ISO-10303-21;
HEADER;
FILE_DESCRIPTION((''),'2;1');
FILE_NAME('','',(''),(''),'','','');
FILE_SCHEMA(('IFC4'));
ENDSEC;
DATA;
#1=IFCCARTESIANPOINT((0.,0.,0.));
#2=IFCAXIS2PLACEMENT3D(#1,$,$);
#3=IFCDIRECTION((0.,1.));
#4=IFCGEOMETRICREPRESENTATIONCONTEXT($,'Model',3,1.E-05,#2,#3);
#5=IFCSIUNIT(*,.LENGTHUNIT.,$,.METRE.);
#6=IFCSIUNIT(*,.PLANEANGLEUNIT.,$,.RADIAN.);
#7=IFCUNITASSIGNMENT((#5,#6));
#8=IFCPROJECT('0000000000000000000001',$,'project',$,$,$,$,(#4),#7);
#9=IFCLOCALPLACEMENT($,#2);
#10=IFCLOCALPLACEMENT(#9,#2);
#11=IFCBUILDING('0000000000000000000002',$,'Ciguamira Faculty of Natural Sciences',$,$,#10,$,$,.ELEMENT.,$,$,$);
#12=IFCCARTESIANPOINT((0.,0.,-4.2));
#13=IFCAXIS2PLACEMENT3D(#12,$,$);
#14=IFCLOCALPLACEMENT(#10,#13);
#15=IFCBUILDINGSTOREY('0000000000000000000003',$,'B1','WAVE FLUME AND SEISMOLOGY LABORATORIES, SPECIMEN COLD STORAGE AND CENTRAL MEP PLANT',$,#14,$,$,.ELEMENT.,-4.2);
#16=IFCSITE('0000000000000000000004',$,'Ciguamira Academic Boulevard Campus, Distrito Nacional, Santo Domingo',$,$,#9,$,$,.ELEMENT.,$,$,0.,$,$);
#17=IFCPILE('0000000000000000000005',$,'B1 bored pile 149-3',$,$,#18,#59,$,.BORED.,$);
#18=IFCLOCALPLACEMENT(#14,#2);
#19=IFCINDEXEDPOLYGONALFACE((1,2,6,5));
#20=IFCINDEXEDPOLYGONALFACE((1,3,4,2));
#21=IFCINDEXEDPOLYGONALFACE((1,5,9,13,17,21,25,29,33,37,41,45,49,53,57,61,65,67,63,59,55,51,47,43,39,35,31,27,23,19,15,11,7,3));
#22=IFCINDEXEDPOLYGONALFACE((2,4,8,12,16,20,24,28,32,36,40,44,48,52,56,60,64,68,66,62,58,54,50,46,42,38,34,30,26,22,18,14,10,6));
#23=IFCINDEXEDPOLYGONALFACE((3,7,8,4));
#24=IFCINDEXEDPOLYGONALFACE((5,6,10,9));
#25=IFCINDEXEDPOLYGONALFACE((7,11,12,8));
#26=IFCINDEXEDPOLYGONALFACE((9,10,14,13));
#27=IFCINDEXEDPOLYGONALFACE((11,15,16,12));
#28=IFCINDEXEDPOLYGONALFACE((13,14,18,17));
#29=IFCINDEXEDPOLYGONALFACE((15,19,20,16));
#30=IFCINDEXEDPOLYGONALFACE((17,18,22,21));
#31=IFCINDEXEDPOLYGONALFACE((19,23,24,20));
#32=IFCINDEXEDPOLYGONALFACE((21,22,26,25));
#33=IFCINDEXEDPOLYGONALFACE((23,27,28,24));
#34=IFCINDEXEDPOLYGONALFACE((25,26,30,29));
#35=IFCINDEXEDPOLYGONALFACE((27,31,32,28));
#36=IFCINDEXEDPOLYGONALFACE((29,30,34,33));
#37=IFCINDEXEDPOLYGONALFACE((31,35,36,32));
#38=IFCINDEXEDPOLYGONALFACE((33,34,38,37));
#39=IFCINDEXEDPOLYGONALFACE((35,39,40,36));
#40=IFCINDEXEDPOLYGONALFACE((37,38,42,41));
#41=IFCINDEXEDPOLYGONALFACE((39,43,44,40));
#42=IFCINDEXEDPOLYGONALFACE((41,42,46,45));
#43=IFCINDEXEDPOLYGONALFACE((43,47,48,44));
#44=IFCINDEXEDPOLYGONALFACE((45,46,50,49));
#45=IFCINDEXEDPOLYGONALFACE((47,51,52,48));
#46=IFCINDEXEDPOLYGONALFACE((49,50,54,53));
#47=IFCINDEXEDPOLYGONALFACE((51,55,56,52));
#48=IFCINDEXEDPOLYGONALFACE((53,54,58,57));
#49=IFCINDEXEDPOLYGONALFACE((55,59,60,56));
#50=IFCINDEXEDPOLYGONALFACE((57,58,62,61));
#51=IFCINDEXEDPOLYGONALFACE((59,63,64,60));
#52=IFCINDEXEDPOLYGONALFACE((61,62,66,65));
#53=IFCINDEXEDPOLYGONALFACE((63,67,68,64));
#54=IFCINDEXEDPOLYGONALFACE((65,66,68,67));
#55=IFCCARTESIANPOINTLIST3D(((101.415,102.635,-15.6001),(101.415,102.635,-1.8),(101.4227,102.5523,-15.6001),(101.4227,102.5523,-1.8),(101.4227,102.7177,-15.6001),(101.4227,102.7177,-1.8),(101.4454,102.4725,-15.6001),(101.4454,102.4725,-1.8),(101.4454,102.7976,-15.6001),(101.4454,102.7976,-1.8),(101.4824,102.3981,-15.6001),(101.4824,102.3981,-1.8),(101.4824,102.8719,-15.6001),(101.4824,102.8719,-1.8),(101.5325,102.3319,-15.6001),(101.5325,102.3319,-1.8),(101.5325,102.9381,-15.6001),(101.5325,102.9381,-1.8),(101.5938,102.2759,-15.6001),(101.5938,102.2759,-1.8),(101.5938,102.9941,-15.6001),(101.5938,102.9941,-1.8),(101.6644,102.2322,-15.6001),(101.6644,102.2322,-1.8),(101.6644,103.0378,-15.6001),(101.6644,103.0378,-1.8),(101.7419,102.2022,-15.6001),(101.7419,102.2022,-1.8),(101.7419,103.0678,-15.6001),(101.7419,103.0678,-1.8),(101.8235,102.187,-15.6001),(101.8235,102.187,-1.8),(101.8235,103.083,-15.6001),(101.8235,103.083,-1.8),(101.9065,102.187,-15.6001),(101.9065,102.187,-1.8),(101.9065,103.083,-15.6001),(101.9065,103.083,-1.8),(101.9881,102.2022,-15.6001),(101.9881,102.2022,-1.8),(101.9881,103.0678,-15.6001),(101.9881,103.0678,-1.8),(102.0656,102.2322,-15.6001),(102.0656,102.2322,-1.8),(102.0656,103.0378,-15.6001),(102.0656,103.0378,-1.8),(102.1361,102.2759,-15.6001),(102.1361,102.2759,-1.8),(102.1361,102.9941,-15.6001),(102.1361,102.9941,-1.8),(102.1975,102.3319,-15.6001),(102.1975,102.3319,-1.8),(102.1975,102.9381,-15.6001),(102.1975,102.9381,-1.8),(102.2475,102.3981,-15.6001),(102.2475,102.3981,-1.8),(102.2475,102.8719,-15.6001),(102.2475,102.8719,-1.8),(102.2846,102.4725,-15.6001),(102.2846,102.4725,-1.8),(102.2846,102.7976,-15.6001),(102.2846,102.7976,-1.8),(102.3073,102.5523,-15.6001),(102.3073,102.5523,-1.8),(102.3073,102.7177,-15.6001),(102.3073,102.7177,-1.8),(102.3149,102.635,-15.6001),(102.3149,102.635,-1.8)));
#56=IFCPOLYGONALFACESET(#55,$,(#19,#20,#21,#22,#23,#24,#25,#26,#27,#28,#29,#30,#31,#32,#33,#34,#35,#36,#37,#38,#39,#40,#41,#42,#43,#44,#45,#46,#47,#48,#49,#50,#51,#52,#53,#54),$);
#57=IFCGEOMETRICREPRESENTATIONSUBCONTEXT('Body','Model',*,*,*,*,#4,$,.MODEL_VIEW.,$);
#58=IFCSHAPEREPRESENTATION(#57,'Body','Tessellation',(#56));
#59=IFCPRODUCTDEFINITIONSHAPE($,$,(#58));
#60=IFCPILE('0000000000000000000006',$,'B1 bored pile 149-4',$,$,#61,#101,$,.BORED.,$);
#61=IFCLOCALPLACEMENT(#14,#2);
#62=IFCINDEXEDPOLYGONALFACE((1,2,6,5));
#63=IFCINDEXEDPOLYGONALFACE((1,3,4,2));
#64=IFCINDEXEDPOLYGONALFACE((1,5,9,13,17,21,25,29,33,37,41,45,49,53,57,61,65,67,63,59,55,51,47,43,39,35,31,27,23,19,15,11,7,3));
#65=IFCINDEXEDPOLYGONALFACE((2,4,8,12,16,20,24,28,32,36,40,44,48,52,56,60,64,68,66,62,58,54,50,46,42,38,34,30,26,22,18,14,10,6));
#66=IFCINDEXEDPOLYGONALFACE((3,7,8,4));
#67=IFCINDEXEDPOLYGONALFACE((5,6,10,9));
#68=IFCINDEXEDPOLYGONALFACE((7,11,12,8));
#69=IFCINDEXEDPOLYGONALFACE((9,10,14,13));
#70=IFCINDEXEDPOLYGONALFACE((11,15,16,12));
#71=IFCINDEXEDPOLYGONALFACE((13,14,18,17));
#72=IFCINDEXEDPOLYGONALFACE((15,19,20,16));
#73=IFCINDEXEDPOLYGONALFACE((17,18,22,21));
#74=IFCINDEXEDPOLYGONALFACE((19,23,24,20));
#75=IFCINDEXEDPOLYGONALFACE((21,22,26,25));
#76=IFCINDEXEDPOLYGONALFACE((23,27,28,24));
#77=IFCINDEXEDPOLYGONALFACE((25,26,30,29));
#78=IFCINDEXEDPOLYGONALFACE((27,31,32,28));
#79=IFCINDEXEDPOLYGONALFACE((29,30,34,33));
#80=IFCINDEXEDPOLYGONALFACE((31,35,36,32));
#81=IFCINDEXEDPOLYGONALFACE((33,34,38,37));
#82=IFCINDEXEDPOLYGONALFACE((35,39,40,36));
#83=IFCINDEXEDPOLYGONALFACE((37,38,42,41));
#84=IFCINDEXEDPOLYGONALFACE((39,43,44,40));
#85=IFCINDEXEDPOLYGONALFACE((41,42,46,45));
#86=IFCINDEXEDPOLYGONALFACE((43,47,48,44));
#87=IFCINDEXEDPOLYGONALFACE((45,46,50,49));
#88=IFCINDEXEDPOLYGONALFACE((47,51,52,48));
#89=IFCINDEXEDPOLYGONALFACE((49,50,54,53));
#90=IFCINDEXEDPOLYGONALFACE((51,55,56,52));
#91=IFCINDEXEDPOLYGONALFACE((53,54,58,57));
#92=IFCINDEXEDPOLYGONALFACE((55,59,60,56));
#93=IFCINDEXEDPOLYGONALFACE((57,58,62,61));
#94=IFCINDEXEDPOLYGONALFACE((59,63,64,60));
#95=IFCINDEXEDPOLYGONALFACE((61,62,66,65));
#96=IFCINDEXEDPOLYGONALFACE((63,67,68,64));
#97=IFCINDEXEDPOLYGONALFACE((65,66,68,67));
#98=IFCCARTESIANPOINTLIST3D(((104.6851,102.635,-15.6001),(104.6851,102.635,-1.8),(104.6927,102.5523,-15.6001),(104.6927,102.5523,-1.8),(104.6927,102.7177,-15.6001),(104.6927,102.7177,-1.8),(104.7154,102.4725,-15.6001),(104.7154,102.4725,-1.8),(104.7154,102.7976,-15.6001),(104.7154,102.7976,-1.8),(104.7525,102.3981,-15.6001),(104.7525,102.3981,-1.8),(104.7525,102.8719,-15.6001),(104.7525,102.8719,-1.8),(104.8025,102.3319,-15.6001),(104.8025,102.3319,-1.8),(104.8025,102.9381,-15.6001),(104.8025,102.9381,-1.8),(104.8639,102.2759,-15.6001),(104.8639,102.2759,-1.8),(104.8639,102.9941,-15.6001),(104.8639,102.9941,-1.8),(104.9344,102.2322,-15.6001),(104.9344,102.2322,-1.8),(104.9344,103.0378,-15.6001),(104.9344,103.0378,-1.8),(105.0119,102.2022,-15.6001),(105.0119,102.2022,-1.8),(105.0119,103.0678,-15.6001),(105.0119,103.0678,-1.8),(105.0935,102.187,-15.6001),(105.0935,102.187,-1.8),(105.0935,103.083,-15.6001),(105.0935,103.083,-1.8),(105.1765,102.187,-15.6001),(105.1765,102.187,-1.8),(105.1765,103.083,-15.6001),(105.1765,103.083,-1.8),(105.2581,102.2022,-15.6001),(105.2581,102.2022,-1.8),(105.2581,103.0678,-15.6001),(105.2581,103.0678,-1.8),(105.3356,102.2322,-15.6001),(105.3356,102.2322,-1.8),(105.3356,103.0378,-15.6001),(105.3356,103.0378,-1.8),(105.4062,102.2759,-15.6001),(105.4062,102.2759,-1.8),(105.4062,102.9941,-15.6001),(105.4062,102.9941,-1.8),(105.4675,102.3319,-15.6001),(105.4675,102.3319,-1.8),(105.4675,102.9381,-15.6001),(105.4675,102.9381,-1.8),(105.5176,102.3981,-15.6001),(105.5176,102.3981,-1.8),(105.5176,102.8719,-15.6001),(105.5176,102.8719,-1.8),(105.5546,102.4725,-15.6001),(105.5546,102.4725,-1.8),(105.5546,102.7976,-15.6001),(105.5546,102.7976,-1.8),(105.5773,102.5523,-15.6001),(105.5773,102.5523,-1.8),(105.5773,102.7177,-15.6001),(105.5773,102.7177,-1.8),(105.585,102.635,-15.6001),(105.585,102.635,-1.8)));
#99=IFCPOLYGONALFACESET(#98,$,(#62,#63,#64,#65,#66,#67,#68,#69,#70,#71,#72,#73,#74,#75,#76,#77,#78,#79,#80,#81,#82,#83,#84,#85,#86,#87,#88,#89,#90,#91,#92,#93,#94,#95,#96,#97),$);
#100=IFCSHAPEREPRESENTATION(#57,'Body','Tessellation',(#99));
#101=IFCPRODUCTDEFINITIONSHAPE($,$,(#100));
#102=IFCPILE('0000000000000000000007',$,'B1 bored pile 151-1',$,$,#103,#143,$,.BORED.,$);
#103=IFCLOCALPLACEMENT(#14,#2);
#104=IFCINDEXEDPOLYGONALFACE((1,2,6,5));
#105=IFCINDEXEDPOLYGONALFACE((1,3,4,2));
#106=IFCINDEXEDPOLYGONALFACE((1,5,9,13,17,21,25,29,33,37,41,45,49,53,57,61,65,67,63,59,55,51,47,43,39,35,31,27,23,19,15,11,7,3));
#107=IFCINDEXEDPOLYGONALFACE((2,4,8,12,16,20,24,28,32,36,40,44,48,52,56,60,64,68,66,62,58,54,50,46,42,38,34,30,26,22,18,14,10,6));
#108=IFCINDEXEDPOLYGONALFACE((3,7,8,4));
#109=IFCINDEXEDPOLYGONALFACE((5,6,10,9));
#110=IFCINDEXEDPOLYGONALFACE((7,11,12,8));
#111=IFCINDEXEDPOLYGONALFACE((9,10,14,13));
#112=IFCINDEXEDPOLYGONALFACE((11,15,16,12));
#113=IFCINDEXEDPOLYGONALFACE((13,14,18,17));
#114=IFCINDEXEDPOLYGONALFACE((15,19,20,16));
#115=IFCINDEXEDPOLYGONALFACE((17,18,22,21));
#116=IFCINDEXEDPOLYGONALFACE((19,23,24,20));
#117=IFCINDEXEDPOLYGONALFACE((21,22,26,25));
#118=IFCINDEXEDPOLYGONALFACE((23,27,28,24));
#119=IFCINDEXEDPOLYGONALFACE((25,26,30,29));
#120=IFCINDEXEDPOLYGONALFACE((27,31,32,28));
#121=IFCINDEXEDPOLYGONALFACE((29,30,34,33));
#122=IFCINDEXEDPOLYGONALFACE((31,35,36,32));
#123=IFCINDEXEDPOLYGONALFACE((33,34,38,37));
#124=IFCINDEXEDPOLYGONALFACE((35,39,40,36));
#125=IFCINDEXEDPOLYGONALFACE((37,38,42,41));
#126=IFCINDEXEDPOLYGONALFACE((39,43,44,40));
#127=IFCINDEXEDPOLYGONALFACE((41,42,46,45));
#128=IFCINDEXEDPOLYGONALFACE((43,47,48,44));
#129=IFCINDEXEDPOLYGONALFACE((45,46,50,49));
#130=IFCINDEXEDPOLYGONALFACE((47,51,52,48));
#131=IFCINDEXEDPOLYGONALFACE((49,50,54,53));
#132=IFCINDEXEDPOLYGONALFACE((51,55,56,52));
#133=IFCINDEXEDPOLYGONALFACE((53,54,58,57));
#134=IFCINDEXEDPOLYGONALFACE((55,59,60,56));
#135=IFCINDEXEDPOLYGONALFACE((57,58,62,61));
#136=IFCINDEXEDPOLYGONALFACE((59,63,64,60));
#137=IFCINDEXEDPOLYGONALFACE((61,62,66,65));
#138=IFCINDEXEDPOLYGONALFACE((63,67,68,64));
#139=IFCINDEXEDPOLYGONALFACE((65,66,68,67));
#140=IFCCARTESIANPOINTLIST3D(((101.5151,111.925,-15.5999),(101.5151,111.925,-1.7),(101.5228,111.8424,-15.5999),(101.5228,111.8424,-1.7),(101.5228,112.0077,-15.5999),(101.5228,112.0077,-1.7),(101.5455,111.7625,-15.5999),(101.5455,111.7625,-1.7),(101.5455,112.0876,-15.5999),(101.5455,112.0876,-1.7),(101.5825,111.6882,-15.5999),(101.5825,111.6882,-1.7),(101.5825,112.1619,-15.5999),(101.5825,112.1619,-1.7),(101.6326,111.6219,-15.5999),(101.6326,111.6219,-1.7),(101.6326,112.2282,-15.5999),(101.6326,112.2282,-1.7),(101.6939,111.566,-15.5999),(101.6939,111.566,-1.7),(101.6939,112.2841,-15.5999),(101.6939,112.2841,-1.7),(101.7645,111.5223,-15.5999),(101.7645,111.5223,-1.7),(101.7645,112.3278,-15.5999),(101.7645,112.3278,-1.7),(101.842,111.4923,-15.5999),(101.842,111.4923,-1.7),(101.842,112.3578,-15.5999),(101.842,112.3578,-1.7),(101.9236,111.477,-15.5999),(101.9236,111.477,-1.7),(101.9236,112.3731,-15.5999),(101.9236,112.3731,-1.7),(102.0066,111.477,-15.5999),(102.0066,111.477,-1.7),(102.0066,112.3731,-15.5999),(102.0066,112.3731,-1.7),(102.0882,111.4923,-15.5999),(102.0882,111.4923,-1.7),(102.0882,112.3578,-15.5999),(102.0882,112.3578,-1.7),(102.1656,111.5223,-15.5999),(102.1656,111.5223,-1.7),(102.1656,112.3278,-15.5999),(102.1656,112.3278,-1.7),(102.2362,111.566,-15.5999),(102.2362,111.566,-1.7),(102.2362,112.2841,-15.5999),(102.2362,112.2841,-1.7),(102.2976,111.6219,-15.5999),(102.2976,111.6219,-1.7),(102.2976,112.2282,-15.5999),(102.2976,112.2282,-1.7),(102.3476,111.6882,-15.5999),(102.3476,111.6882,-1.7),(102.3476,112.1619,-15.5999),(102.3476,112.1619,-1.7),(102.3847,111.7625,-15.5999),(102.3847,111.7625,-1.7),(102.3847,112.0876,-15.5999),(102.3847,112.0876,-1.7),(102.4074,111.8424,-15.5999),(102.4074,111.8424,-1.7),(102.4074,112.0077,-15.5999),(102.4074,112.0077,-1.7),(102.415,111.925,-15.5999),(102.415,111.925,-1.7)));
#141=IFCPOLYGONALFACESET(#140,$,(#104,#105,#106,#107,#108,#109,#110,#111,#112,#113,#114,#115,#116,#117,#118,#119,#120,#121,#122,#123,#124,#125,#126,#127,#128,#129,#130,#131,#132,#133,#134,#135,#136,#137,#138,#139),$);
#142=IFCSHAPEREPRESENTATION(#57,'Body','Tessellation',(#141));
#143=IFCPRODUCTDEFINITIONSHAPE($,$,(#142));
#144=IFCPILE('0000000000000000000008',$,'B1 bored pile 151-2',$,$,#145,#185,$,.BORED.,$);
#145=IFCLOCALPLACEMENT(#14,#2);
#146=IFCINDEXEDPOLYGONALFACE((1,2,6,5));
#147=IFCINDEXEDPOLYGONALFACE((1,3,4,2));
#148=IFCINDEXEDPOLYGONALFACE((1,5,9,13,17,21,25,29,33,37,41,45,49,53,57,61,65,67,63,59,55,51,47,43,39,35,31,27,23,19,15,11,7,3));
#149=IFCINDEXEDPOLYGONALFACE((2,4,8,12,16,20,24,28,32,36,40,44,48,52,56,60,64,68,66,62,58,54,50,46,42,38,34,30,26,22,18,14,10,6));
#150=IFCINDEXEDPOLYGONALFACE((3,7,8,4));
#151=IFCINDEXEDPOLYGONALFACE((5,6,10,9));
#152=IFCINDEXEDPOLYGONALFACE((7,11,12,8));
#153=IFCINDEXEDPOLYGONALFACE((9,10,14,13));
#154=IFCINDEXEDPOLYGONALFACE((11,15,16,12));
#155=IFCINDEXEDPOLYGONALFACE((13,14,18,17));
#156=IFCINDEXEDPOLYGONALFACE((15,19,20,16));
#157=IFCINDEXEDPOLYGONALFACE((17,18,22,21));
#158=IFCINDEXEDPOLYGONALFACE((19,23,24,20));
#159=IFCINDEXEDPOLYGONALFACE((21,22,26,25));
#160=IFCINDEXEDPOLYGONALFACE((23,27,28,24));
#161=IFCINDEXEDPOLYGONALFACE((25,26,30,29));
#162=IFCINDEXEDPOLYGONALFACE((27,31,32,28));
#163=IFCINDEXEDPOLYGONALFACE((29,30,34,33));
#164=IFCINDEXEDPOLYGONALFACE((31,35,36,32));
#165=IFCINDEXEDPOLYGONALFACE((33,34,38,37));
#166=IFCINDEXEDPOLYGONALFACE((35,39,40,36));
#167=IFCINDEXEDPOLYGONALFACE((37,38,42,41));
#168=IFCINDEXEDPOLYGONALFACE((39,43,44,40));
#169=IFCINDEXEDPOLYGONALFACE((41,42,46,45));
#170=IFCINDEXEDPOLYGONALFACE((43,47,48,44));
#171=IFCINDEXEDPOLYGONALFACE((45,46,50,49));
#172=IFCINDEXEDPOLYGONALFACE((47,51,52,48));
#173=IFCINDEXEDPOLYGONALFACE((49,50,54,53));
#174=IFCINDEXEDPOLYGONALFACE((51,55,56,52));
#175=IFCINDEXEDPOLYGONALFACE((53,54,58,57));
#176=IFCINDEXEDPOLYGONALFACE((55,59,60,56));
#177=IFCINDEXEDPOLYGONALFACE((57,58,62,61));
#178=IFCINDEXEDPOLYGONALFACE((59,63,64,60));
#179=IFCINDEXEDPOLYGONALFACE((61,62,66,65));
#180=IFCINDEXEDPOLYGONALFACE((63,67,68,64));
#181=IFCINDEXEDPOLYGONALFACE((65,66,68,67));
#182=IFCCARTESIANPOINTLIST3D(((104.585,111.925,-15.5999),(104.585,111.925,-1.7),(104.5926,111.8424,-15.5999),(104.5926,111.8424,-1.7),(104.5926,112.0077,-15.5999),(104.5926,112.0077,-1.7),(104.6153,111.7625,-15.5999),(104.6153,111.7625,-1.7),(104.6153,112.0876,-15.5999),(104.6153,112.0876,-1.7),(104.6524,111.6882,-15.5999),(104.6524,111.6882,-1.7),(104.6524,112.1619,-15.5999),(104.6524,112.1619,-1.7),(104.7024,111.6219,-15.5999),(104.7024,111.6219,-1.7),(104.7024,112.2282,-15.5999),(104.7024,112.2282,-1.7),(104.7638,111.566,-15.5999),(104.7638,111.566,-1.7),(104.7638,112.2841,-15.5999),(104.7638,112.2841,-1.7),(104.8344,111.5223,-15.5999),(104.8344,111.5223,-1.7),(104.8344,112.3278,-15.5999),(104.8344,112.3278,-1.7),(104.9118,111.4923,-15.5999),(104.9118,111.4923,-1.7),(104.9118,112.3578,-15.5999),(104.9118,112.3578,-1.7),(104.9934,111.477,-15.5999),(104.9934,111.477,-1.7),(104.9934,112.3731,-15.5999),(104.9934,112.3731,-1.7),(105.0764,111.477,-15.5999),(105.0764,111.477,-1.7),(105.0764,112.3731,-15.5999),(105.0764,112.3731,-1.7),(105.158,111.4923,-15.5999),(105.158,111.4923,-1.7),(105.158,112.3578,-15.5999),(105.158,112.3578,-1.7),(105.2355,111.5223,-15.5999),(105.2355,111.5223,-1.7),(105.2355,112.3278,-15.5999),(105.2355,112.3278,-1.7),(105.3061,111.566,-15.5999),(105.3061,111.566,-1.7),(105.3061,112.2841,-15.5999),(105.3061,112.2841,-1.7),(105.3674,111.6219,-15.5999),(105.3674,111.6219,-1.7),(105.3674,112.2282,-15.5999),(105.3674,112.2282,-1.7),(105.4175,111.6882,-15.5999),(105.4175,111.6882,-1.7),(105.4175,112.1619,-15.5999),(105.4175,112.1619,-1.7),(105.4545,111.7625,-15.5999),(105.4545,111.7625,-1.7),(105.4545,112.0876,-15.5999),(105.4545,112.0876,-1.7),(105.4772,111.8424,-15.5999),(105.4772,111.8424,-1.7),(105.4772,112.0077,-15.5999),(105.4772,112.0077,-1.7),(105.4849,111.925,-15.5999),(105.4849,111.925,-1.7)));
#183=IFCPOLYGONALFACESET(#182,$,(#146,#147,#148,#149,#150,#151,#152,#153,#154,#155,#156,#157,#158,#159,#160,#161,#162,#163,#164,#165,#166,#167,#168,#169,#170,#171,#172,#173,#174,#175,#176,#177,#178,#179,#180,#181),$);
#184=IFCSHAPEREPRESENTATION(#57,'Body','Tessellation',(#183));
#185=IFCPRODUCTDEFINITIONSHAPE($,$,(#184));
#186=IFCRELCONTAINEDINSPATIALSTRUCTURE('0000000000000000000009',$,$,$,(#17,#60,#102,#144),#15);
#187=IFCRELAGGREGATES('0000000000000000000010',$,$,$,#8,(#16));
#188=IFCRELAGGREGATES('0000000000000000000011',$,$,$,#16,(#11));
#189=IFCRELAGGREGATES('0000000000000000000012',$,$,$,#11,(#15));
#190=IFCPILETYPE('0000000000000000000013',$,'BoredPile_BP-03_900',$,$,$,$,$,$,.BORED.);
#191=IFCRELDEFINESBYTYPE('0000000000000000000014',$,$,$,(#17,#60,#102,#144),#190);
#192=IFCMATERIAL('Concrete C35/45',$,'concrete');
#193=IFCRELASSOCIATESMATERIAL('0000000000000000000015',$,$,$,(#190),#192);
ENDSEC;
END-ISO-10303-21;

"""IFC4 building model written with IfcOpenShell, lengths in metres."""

from ifc_helpers import new_model, si_unit, direction, frame, origin, origin_2d, place, context, subcontext, project, spatial, circle, extrude, material, material_profile, profile_set, type_object, element, save


model = new_model("IFC4")

# Units and contexts
model_context = context("Model", 3, precision=1e-05, world=origin(), true_north=direction((0.0, 1.0)))
body_context = subcontext(model_context, "Body", "Model", "MODEL_VIEW")
ifc_project = project(units=[si_unit("LENGTHUNIT", "METRE"), si_unit("PLANEANGLEUNIT", "RADIAN")], contexts=[model_context])

# Site, building, storey
site_placement = place(None, origin())
site = spatial("IfcSite", under=ifc_project, at=site_placement, Name="Ciguamira Academic Boulevard Campus, Distrito Nacional, Santo Domingo", CompositionType="ELEMENT", RefElevation=0.0)
building_placement = place(site_placement, origin())
building = spatial("IfcBuilding", under=site, at=building_placement, Name="Ciguamira Faculty of Natural Sciences", CompositionType="ELEMENT")
storey_placement = place(building_placement, frame((0.0, 0.0, -4.2)))
storey = spatial("IfcBuildingStorey", under=building, at=storey_placement, Name="B1", Description="WAVE FLUME AND SEISMOLOGY LABORATORIES, SPECIMEN COLD STORAGE AND CENTRAL MEP PLANT", CompositionType="ELEMENT", Elevation=-4.2)

# Piles
ifc_material_1 = material(Name="Concrete C35/45", Category="concrete")
ifc_material_profile_1 = material_profile(ifc_material_1, circle(Radius=0.45, at=origin_2d()), Name="PILE-BORED-900")
ifc_profile_set_1 = profile_set([ifc_material_profile_1], Name="Concrete C35/45")
pile_type_1 = type_object("IfcPileType", Name="BoredPile_BP-03_900", PredefinedType="BORED", material=ifc_profile_set_1)
for number, where, z_axis, x_axis, name in (
    (1, (101.865, 102.635, -1.8), (0.0, 0.0, -1.0), (1.0, 0.0, 0.0), "B1 bored pile 149-3"),
    (2, (105.135, 102.635, -1.8), (0.0, 0.0, -1.0), (1.0, 0.0, 0.0), "B1 bored pile 149-4"),
):
    element("IfcPile", number, at=place(storey_placement, frame(where, z_axis=z_axis, x_axis=x_axis)), inside=storey, type_object=pile_type_1, Name=name, PredefinedType="BORED", context=body_context, shape_type="SweptSolid", body=[
        extrude(circle(Radius=0.45, at=origin_2d()), origin(), (0.0, 0.0, 1.0), 13.8),
    ])
for number, where, z_axis, x_axis, name in (
    (3, (101.9651, 111.925, -1.7), (0.0, 0.0, -1.0), (1.0, 0.0, 0.0), "B1 bored pile 151-1"),
    (4, (105.0349, 111.925, -1.7), (0.0, 0.0, -1.0), (1.0, 0.0, 0.0), "B1 bored pile 151-2"),
):
    element("IfcPile", number, at=place(storey_placement, frame(where, z_axis=z_axis, x_axis=x_axis)), inside=storey, type_object=pile_type_1, Name=name, PredefinedType="BORED", context=body_context, shape_type="SweptSolid", body=[
        extrude(circle(Radius=0.45, at=origin_2d()), origin(), (0.0, 0.0, 1.0), 13.8999),
    ])

save(model, "model.ifc")
